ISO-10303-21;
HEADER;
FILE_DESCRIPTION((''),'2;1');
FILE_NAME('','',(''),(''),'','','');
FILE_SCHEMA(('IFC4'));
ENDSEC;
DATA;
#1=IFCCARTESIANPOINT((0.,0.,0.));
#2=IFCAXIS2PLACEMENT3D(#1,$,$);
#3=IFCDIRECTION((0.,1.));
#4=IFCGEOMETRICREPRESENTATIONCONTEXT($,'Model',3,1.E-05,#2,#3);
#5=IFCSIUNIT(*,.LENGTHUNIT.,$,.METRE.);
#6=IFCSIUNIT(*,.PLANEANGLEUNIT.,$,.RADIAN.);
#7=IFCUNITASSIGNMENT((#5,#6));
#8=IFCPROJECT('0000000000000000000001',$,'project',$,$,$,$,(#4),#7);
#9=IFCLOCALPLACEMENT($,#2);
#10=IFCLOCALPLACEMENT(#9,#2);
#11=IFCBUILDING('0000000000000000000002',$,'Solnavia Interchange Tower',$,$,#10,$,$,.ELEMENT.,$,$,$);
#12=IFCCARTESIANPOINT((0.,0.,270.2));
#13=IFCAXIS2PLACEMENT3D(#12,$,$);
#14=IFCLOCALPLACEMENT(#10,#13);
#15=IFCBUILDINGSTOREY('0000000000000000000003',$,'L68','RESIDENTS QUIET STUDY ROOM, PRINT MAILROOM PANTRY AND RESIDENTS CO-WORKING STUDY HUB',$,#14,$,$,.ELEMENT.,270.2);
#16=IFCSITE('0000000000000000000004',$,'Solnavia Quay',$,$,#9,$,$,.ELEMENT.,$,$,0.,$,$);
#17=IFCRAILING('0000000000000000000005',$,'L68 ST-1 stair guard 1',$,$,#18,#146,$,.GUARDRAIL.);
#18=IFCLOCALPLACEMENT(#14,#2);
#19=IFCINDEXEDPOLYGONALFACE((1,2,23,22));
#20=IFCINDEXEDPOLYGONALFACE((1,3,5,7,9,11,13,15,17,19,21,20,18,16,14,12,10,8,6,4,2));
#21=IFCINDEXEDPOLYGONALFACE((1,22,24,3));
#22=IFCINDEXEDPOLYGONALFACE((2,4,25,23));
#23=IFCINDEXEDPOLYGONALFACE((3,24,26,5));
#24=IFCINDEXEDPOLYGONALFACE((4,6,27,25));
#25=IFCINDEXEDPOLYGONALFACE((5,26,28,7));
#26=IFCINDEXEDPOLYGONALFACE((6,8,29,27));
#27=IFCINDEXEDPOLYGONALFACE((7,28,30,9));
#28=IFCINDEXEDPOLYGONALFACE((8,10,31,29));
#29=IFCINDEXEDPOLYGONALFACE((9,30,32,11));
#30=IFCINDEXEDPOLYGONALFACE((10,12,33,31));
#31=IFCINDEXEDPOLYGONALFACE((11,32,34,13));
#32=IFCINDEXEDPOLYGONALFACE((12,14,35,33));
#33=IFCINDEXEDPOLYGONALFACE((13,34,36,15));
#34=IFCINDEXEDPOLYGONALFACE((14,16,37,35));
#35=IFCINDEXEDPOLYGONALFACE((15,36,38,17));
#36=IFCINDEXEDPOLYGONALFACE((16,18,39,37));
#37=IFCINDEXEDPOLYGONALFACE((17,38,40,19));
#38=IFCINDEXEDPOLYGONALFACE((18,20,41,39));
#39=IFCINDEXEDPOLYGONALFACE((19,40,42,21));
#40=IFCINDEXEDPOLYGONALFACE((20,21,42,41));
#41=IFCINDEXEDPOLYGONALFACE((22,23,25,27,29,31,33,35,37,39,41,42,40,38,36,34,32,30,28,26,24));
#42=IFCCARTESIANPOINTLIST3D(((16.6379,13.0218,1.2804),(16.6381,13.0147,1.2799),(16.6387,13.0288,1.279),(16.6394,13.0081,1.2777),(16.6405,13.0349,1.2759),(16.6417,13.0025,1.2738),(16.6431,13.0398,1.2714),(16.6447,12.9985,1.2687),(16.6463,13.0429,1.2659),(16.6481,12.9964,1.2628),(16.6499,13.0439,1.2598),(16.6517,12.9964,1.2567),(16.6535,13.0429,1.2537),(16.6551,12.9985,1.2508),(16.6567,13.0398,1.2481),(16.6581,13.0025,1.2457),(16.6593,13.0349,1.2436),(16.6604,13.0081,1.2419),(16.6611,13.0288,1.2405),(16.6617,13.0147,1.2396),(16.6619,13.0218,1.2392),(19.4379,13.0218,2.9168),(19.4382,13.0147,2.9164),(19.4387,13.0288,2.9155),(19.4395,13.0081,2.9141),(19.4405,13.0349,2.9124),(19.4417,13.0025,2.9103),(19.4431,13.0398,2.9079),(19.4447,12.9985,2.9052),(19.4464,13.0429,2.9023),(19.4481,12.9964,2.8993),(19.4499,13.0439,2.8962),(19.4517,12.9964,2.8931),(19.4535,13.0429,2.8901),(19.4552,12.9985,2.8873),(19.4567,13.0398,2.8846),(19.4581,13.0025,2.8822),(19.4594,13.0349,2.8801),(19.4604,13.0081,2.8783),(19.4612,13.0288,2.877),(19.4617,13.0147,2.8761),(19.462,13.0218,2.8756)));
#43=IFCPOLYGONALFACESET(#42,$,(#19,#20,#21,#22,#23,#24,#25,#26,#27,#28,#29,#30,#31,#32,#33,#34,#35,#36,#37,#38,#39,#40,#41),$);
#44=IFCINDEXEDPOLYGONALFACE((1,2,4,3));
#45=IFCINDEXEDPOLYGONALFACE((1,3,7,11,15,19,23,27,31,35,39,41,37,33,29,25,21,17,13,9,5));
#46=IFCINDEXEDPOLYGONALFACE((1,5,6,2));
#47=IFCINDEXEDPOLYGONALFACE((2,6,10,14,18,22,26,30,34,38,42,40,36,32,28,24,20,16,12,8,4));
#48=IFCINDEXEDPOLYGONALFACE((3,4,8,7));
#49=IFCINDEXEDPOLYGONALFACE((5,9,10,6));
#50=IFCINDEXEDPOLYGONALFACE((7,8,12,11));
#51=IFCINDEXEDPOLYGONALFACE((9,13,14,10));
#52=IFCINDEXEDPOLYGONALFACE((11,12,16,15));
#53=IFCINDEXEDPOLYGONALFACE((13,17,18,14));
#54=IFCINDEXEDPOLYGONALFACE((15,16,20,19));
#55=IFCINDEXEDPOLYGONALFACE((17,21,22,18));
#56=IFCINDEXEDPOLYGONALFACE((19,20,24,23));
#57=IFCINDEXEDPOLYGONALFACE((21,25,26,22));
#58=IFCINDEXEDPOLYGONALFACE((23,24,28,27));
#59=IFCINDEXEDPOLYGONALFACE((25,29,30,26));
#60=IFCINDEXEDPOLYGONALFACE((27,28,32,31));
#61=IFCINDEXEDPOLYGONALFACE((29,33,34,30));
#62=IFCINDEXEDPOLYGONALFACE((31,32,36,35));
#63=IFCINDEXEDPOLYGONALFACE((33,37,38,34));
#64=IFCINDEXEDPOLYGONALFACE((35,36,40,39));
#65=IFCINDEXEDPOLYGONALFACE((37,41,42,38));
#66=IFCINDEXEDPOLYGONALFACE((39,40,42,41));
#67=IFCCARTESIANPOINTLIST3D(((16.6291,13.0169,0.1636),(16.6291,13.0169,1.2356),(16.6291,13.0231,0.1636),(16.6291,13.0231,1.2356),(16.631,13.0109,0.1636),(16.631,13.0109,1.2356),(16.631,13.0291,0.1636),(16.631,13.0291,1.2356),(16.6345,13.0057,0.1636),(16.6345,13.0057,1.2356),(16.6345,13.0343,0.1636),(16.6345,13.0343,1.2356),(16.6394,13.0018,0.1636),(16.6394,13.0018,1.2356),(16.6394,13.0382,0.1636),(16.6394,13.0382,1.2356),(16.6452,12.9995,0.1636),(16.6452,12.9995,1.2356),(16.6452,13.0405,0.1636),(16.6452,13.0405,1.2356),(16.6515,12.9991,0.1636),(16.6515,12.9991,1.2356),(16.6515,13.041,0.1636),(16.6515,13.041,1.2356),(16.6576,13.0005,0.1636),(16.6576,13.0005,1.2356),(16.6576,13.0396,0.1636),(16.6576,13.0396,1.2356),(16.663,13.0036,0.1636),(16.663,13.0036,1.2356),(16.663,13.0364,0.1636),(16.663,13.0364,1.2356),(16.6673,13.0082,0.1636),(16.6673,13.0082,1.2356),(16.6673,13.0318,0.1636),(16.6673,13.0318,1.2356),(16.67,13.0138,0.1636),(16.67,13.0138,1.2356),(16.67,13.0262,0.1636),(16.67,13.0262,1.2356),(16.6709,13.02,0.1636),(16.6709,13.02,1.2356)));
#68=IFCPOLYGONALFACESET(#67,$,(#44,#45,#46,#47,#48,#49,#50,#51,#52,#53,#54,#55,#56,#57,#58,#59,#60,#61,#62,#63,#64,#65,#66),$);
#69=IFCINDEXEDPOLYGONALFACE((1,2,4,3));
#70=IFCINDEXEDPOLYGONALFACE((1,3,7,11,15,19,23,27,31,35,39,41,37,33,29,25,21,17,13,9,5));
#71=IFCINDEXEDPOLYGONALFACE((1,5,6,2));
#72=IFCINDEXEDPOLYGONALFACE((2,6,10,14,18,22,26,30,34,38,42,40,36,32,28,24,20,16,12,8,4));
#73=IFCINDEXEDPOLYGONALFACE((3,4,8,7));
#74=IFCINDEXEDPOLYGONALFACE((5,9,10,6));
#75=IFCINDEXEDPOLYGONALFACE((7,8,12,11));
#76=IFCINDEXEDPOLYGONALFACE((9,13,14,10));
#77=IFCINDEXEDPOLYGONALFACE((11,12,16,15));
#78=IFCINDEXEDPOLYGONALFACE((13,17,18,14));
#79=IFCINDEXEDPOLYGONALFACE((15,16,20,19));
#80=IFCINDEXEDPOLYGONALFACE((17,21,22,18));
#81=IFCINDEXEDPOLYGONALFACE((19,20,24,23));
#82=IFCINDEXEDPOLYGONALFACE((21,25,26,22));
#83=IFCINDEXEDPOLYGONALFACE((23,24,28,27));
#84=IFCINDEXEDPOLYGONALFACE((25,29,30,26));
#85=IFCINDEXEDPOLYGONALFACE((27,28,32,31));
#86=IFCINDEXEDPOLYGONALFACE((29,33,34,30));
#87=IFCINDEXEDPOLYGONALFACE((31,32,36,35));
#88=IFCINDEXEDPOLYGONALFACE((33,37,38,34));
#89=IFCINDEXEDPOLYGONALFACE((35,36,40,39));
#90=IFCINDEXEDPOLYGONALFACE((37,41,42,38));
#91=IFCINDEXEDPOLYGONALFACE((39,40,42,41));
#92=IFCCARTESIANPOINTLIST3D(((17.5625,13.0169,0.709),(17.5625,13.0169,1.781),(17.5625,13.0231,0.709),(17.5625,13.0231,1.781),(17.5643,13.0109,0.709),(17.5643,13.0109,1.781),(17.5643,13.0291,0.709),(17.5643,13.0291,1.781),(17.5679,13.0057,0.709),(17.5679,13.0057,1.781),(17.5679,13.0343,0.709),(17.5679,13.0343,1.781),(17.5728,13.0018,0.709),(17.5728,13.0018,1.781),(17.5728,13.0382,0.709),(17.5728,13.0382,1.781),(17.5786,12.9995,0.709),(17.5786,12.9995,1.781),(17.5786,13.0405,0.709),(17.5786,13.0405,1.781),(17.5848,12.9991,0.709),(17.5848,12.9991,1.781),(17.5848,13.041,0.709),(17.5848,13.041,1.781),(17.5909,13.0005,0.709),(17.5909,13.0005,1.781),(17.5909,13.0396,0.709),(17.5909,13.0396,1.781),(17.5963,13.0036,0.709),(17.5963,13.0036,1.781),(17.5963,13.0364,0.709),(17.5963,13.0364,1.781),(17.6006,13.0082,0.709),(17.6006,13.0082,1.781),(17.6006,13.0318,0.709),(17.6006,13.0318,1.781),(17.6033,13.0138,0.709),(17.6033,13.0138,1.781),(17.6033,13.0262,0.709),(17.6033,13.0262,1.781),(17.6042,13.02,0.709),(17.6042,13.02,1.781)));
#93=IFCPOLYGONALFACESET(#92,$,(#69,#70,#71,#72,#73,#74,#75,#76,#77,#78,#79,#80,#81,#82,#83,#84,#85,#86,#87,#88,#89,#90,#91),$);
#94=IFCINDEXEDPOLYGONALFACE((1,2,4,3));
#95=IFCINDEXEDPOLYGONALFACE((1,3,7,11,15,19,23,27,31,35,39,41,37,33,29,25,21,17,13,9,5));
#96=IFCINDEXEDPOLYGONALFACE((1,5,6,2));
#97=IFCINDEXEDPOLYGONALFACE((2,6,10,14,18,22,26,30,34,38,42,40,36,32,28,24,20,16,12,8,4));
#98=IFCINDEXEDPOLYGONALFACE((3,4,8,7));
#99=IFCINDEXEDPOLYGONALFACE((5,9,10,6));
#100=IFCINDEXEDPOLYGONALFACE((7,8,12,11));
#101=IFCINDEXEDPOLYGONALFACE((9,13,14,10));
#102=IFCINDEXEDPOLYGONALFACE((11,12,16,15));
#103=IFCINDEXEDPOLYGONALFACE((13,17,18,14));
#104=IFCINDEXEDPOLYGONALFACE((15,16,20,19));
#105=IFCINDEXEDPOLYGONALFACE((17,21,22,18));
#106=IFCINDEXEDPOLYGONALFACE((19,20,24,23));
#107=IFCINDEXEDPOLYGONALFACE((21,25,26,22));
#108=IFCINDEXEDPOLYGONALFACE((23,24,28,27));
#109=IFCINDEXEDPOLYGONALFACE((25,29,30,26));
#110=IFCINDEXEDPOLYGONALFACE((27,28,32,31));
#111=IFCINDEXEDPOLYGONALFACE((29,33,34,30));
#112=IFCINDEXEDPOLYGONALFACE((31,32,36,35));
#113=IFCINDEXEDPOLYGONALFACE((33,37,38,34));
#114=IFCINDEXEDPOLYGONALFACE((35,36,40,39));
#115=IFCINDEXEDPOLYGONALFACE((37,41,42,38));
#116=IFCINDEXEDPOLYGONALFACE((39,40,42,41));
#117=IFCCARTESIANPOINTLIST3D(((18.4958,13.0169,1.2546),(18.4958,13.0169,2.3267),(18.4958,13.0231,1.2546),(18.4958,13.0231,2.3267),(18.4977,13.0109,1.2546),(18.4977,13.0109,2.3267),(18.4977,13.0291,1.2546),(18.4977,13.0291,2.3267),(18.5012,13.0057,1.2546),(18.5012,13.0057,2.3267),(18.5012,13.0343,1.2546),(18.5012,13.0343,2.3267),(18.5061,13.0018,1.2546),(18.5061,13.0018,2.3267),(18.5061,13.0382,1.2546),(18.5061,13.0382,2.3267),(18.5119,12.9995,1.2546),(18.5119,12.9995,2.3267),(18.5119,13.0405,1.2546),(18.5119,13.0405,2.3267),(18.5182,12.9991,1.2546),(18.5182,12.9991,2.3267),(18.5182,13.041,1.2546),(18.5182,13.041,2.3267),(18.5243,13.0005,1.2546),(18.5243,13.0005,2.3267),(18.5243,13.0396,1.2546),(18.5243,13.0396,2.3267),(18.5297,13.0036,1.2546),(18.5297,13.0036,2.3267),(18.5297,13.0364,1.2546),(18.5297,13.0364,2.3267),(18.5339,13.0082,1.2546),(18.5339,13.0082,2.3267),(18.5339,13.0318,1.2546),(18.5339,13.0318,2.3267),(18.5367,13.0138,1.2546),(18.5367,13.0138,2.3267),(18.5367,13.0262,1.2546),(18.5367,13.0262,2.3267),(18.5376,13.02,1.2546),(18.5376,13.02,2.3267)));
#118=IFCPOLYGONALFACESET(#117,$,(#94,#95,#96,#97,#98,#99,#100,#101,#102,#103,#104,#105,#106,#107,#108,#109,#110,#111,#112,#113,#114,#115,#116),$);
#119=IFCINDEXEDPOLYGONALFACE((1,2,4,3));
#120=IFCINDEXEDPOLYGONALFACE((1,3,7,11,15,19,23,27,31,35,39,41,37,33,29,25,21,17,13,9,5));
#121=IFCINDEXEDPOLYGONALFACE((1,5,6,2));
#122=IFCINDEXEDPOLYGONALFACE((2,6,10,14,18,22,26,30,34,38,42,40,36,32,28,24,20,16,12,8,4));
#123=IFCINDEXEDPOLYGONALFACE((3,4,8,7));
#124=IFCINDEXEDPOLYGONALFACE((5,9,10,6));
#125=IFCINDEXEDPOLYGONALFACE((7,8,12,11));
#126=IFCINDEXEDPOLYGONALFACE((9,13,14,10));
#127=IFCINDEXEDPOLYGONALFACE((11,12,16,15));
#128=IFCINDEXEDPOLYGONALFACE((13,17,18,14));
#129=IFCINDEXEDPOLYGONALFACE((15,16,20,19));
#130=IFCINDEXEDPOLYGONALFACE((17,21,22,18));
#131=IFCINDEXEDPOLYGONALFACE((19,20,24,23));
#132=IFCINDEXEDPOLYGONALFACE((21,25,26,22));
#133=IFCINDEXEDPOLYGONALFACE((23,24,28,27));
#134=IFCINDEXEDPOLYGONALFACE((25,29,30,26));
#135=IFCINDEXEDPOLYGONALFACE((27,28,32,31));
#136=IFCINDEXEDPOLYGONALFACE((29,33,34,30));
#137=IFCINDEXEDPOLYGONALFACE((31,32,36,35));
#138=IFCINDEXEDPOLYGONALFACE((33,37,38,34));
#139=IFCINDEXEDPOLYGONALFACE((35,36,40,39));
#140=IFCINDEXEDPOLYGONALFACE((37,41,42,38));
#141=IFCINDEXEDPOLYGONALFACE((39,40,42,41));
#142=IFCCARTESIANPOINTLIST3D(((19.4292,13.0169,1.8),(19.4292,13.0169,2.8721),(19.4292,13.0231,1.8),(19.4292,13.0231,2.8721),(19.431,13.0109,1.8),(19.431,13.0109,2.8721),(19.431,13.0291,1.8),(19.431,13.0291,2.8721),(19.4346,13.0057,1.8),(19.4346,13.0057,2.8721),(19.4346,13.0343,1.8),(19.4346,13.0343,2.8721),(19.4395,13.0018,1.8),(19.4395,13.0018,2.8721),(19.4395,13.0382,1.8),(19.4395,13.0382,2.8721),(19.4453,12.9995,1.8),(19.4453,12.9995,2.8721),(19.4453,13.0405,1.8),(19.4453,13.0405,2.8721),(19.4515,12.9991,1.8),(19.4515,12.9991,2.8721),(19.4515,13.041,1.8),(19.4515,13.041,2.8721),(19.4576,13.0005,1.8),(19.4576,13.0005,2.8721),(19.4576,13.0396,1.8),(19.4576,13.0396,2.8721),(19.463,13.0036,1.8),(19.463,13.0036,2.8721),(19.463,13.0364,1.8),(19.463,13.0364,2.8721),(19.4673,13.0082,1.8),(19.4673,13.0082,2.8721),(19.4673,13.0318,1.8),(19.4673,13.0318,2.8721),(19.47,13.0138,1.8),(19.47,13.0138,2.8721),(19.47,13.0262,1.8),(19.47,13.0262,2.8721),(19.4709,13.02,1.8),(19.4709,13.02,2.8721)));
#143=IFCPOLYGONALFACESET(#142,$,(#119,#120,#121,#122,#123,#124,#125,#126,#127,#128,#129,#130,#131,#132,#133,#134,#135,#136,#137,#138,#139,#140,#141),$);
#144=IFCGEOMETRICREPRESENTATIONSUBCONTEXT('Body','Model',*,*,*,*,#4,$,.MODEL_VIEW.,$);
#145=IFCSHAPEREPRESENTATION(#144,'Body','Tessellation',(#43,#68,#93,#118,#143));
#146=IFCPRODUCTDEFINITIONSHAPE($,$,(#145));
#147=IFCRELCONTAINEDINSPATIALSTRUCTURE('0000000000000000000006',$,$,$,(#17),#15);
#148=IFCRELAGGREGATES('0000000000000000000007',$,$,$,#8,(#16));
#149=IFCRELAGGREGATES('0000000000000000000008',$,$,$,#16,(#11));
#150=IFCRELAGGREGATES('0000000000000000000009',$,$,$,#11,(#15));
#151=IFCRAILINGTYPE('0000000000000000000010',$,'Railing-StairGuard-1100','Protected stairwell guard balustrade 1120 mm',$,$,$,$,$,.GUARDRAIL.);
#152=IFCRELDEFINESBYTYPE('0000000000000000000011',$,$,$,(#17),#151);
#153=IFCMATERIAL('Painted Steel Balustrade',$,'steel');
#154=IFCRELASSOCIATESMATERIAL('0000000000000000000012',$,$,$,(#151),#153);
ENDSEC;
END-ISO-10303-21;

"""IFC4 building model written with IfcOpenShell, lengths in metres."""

from ifc_helpers import new_model, si_unit, direction, frame, origin, origin_2d, place, context, subcontext, project, spatial, circle, extrude, material, type_object, element, save


model = new_model("IFC4")

# Units and contexts
model_context = context("Model", 3, precision=1e-05, world=origin(), true_north=direction((0.0, 1.0)))
body_context = subcontext(model_context, "Body", "Model", "MODEL_VIEW")
ifc_project = project(units=[si_unit("LENGTHUNIT", "METRE"), si_unit("PLANEANGLEUNIT", "RADIAN")], contexts=[model_context])

# Site, building, storey
site_placement = place(None, origin())
site = spatial("IfcSite", under=ifc_project, at=site_placement, Name="Solnavia Quay", CompositionType="ELEMENT", RefElevation=0.0)
building_placement = place(site_placement, origin())
building = spatial("IfcBuilding", under=site, at=building_placement, Name="Solnavia Interchange Tower", CompositionType="ELEMENT")
storey_placement = place(building_placement, frame((0.0, 0.0, 270.2)))
storey = spatial("IfcBuildingStorey", under=building, at=storey_placement, Name="L68", Description="RESIDENTS QUIET STUDY ROOM, PRINT MAILROOM PANTRY AND RESIDENTS CO-WORKING STUDY HUB", CompositionType="ELEMENT", Elevation=270.2)

# Railing
ifc_material_1 = material(Name="Painted Steel Balustrade", Category="steel")
railing_type_1 = type_object("IfcRailingType", Name="Railing-StairGuard-1100", Description="Protected stairwell guard balustrade 1120 mm", PredefinedType="GUARDRAIL", material=ifc_material_1)
railing_1_placement = place(storey_placement, frame((16.6499, 13.02, 0.1636)))
element("IfcRailing", 1, at=railing_1_placement, inside=storey, type_object=railing_type_1, Name="L68 ST-1 stair guard 1", PredefinedType="GUARDRAIL", context=body_context, shape_type="SweptSolid", body=[
    extrude(circle(Radius=0.0239, at=origin_2d()), frame((0.0, 0.0, 1.0962), z_axis=(0.863361, 0.0, 0.504587), x_axis=(0.0, 1.0, 0.0)), (0.0, 0.0, 1.0), 3.2432),
    extrude(circle(Radius=0.021, at=origin_2d()), origin(), (0.0, 0.0, 1.0), 1.072),
    extrude(circle(Radius=0.021, at=origin_2d()), frame((0.9333, 0.0, 0.5454)), (0.0, 0.0, 1.0), 1.072),
    extrude(circle(Radius=0.021, at=origin_2d()), frame((1.8667, 0.0, 1.0911)), (0.0, 0.0, 1.0), 1.072),
    extrude(circle(Radius=0.021, at=origin_2d()), frame((2.8, 0.0, 1.6365)), (0.0, 0.0, 1.0), 1.072),
])

save(model, "model.ifc")
